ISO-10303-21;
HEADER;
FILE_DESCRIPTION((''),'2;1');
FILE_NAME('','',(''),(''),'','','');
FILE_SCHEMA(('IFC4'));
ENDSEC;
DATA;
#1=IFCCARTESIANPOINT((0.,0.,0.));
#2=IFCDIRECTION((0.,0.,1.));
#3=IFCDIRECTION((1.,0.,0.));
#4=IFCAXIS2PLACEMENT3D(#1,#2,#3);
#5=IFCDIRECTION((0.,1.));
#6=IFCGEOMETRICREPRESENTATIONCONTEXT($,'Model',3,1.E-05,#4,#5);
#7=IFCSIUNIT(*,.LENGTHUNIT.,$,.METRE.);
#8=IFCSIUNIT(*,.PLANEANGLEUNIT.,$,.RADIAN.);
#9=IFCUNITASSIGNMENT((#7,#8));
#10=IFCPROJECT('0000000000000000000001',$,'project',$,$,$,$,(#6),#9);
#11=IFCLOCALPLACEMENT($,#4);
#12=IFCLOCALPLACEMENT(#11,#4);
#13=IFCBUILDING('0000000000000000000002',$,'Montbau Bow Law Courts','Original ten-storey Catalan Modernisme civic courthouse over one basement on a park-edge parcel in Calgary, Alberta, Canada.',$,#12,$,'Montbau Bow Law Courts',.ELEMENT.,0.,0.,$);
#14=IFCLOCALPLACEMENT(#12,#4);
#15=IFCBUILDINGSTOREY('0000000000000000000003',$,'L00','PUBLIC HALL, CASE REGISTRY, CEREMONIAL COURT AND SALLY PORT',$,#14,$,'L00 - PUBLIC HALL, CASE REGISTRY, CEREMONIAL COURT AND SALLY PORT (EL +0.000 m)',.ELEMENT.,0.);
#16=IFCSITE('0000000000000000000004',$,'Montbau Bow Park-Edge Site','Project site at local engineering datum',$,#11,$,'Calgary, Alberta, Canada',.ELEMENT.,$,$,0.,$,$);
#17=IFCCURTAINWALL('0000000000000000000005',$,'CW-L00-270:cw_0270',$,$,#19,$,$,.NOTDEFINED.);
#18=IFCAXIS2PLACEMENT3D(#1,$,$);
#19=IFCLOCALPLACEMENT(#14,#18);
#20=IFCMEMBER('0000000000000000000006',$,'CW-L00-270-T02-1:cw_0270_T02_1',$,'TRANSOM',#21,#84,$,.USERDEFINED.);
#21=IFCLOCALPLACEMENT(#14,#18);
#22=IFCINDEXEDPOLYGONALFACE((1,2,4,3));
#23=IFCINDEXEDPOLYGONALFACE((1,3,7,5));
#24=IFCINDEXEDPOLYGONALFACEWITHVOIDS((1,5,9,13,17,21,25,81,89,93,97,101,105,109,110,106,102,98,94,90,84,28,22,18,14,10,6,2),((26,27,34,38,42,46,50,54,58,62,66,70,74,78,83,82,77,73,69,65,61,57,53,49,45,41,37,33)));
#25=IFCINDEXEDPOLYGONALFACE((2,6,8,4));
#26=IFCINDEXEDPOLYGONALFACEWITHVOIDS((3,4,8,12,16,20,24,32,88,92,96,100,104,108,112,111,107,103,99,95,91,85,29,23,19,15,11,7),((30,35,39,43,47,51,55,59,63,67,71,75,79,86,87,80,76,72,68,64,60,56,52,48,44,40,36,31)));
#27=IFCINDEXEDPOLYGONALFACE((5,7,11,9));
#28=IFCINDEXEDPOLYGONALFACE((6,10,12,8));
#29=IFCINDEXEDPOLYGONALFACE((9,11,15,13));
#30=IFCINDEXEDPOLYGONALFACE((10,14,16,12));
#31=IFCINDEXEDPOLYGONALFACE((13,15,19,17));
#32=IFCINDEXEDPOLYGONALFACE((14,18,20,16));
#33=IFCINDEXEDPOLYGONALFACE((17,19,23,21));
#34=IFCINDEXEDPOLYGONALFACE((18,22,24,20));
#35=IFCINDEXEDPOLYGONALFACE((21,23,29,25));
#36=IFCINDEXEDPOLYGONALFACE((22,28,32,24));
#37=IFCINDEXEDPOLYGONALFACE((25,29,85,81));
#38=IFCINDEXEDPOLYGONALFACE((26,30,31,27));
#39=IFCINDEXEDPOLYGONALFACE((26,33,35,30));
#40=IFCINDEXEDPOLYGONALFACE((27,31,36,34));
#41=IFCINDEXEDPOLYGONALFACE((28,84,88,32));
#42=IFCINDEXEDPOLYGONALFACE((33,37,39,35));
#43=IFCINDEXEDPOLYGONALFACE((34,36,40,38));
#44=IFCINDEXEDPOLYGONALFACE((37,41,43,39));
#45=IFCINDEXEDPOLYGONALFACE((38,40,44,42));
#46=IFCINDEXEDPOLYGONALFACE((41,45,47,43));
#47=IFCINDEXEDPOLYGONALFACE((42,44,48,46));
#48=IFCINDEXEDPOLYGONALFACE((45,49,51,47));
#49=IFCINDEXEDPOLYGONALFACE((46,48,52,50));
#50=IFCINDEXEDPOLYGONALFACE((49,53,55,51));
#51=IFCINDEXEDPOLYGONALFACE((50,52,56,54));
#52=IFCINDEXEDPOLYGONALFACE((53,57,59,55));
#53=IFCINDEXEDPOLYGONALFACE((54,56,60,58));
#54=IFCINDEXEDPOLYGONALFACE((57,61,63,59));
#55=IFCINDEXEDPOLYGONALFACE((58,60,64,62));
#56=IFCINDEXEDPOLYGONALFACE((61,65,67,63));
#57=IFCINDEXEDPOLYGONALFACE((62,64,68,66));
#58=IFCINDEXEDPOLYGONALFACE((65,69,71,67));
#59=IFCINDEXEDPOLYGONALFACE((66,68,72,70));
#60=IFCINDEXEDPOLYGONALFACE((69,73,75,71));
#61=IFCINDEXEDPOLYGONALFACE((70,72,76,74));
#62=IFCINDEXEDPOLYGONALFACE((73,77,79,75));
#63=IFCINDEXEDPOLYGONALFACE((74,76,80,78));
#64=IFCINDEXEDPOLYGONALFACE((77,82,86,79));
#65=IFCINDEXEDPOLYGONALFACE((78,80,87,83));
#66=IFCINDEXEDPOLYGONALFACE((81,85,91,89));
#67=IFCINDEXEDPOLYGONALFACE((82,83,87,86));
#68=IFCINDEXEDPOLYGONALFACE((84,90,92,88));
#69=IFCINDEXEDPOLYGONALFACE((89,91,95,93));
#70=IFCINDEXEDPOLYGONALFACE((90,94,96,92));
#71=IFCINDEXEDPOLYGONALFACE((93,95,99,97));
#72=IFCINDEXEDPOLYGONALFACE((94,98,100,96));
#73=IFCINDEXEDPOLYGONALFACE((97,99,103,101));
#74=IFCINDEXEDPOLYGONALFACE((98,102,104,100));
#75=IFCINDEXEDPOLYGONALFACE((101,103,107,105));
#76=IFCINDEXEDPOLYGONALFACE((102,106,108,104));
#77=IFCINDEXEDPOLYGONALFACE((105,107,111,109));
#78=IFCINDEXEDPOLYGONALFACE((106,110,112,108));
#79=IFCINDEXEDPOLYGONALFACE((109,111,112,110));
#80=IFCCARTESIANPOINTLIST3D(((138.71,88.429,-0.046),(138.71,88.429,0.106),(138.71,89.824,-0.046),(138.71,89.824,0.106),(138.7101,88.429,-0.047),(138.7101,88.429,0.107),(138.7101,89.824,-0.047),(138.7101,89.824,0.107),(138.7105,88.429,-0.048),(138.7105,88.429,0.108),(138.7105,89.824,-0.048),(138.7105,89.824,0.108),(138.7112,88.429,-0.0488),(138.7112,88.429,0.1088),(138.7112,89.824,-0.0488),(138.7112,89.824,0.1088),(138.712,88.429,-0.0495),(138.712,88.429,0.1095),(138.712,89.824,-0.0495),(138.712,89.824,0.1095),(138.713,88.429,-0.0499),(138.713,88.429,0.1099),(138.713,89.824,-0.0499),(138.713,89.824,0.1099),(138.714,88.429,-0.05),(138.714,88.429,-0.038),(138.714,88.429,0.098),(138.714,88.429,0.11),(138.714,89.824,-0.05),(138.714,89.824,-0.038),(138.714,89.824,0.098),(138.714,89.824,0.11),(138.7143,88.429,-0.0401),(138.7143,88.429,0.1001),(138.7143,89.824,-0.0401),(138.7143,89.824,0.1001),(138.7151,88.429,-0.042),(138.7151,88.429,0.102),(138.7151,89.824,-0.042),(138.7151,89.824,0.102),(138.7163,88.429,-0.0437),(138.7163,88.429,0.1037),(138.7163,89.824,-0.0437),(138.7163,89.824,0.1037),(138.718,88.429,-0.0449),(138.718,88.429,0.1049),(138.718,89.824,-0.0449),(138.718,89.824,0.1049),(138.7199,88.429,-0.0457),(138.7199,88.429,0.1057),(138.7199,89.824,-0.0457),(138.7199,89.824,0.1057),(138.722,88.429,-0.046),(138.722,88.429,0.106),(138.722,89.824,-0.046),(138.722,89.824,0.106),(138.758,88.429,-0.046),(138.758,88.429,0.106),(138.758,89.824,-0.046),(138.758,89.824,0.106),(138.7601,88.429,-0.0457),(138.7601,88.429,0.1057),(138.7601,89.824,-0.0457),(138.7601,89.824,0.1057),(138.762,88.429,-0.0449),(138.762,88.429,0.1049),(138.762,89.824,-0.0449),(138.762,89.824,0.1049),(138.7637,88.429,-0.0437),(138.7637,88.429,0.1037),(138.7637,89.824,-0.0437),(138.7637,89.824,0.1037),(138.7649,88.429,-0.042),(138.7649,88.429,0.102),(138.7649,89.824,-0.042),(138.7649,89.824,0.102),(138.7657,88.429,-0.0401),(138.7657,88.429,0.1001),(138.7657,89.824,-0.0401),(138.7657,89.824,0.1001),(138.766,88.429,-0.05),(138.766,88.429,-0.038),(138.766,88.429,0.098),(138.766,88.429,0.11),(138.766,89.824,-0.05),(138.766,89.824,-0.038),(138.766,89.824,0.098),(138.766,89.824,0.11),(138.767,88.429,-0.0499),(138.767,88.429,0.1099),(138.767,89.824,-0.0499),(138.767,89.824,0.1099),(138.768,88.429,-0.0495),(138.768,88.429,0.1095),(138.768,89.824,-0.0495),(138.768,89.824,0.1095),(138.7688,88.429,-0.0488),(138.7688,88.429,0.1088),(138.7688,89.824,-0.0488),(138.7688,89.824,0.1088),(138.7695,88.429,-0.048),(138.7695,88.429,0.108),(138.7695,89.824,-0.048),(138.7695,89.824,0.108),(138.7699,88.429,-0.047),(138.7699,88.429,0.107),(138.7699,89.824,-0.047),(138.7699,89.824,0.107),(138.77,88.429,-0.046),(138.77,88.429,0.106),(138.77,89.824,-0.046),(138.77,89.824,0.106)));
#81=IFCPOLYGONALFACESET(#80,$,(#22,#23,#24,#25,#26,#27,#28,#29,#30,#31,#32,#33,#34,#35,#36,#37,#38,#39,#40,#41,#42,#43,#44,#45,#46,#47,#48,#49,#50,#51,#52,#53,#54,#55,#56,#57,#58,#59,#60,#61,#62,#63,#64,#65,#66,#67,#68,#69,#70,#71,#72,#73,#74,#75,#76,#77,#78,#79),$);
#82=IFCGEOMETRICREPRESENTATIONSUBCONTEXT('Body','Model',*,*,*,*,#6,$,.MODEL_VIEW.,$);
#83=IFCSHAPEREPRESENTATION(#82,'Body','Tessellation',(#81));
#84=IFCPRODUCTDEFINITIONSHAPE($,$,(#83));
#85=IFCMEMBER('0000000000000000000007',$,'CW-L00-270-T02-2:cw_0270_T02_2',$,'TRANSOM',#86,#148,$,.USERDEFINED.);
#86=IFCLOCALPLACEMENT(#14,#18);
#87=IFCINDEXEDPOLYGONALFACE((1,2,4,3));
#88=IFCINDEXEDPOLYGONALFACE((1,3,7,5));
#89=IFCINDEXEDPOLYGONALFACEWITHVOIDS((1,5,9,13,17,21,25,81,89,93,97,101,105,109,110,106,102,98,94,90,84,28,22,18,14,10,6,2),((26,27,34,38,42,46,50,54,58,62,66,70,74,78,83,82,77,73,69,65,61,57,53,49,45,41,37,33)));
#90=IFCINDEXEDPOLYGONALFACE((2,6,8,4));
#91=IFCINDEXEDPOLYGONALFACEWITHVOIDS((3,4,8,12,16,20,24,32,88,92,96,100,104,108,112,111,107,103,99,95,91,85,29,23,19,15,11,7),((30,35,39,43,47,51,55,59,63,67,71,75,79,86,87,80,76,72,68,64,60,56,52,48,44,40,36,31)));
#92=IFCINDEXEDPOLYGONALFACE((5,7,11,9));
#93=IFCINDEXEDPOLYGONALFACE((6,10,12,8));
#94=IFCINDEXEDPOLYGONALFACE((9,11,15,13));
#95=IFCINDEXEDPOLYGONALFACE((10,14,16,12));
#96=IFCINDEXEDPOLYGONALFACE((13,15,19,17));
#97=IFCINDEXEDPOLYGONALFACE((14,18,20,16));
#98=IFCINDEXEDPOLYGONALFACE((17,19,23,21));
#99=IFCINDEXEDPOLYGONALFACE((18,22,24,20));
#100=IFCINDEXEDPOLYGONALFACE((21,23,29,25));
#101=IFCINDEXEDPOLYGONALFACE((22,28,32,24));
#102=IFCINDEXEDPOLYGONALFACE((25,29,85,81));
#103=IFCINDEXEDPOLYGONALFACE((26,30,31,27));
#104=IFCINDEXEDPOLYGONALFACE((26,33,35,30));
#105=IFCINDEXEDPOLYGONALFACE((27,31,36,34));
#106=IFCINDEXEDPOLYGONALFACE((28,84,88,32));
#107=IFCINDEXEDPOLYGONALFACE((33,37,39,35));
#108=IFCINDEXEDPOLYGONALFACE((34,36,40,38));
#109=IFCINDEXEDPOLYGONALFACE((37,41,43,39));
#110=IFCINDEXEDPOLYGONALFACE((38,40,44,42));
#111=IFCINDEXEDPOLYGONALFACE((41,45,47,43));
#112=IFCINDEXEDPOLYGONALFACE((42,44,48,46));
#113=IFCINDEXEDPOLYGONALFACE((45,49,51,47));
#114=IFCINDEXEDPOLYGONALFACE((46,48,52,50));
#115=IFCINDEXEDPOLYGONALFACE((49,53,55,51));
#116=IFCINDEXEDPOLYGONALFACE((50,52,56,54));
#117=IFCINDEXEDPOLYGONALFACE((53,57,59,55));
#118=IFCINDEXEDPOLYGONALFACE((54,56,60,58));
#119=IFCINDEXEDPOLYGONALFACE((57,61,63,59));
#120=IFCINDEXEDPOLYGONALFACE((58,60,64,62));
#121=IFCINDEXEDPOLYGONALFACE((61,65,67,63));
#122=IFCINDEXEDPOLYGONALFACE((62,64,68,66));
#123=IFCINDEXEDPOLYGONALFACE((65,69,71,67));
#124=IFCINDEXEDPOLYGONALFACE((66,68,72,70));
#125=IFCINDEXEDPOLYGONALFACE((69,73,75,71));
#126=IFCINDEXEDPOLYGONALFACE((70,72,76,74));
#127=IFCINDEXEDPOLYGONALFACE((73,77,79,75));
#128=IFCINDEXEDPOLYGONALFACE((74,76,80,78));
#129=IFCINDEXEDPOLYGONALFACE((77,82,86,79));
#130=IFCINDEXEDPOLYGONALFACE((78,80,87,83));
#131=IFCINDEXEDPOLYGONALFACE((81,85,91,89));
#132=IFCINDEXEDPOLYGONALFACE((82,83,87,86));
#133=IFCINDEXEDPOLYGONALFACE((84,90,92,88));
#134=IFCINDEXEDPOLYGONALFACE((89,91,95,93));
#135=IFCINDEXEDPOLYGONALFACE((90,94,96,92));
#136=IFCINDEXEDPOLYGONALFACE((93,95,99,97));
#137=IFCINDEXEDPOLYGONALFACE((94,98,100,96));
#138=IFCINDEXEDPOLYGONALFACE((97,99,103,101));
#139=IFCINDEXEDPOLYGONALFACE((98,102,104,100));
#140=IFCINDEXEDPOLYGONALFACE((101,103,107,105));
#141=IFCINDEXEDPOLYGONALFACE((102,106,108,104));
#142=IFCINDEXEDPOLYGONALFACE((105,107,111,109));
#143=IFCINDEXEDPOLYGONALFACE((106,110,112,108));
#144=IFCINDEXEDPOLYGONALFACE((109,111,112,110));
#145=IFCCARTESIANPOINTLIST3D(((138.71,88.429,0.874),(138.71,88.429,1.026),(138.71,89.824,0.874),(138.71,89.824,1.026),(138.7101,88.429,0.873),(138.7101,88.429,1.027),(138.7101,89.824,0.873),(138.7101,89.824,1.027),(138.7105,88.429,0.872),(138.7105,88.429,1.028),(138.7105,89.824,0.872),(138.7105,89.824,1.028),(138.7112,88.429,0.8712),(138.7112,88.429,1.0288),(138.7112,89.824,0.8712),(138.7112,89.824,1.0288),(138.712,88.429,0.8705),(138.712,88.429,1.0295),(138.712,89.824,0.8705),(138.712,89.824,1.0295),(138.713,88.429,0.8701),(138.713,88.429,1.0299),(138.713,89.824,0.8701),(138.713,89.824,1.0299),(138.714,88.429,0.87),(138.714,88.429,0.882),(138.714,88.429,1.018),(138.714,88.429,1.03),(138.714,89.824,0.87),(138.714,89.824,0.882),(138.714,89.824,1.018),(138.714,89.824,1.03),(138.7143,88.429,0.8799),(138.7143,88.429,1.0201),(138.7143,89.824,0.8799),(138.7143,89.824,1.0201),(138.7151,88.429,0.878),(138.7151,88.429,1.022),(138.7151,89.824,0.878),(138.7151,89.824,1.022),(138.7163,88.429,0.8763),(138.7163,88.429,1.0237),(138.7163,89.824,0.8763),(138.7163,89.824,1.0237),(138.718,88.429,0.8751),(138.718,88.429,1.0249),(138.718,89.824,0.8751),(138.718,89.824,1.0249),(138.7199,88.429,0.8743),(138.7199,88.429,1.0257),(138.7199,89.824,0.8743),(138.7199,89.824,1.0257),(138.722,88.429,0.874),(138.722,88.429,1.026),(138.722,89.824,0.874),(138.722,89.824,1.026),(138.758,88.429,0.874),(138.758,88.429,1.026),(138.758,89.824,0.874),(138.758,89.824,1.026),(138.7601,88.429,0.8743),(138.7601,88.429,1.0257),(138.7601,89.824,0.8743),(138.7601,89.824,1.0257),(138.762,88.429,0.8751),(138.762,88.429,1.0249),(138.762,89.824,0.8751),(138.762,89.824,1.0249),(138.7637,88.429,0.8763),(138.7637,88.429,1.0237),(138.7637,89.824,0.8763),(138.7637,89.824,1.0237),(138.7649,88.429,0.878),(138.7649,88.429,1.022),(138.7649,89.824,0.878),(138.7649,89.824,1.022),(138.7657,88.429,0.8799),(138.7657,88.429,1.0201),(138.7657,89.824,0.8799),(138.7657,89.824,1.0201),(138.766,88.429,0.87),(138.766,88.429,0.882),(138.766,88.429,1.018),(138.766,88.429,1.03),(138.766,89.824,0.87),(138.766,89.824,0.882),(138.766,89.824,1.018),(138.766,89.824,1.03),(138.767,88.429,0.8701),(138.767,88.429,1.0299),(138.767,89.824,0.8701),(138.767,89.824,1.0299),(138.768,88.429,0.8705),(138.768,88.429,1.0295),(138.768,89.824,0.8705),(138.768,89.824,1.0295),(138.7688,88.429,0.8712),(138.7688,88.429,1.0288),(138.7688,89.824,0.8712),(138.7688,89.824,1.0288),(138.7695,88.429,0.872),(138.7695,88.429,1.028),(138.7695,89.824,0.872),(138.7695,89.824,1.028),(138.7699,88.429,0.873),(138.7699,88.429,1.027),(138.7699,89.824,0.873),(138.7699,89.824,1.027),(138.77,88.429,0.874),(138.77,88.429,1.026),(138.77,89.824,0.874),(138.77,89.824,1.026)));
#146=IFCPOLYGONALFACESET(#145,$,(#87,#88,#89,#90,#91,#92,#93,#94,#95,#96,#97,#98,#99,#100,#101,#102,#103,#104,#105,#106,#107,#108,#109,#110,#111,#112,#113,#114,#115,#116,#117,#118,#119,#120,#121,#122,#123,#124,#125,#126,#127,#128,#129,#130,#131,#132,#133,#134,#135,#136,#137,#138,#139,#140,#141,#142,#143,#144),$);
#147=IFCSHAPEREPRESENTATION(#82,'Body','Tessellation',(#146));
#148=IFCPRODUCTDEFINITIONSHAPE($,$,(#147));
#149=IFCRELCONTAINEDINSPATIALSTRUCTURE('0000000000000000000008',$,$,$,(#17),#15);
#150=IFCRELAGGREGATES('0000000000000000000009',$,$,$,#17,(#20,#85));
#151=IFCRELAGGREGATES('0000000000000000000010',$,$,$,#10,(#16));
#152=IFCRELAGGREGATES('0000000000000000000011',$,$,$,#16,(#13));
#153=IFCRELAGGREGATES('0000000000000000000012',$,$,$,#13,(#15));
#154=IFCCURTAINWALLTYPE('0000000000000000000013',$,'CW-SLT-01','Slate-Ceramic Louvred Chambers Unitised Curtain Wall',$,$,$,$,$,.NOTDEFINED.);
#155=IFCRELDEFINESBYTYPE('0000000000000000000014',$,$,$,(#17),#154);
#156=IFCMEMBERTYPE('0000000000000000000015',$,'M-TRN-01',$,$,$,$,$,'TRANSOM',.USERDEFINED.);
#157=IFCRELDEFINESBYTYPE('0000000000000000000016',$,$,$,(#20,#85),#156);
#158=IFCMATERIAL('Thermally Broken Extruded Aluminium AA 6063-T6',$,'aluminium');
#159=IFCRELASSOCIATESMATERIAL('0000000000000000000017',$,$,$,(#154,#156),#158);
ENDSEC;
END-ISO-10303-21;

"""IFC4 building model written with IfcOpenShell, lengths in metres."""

from ifc_helpers import new_model, si_unit, direction, frame, origin_with_axes, origin_2d_with_axis, place, context, subcontext, project, spatial, hollow_rectangle, extrude, material, material_profile, profile_set, type_object, element, aggregate, save


model = new_model("IFC4")

# Units and contexts
model_context = context("Model", 3, precision=1e-05, world=origin_with_axes(), true_north=direction((0.0, 1.0)))
body_context = subcontext(model_context, "Body", "Model", "MODEL_VIEW")
ifc_project = project(units=[si_unit("LENGTHUNIT", "METRE"), si_unit("PLANEANGLEUNIT", "RADIAN")], contexts=[model_context])

# Site, building, storey
site_placement = place(None, origin_with_axes())
site = spatial("IfcSite", under=ifc_project, at=site_placement, Name="Montbau Bow Park-Edge Site", Description="Project site at local engineering datum", LongName="Calgary, Alberta, Canada", CompositionType="ELEMENT", RefElevation=0.0)
building_placement = place(site_placement, origin_with_axes())
building = spatial("IfcBuilding", under=site, at=building_placement, Name="Montbau Bow Law Courts", Description="Original ten-storey Catalan Modernisme civic courthouse over one basement on a park-edge parcel in Calgary, Alberta, Canada.", LongName="Montbau Bow Law Courts", CompositionType="ELEMENT", ElevationOfRefHeight=0.0, ElevationOfTerrain=0.0)
storey_placement = place(building_placement, origin_with_axes())
storey = spatial("IfcBuildingStorey", under=building, at=storey_placement, Name="L00", Description="PUBLIC HALL, CASE REGISTRY, CEREMONIAL COURT AND SALLY PORT", LongName="L00 - PUBLIC HALL, CASE REGISTRY, CEREMONIAL COURT AND SALLY PORT (EL +0.000 m)", CompositionType="ELEMENT", Elevation=0.0)

# Curtain wall, members
ifc_material_1 = material(Name="Thermally Broken Extruded Aluminium AA 6063-T6", Category="aluminium")
curtain_wall_type = type_object("IfcCurtainWallType", Name="CW-SLT-01", Description="Slate-Ceramic Louvred Chambers Unitised Curtain Wall", PredefinedType="NOTDEFINED", material=ifc_material_1)
curtain_wall_placement = place(None, frame((138.74, 86.915, 0.0), z_axis=(0.0, 0.0, 1.0), x_axis=(1.0, 0.0, 0.0)))
curtain_wall = element("IfcCurtainWall", 1, at=curtain_wall_placement, inside=storey, type_object=curtain_wall_type, Name="CW-L00-270:cw_0270", PredefinedType="NOTDEFINED")
ifc_material_profile_1 = material_profile(ifc_material_1, hollow_rectangle(XDim=0.06, YDim=0.16, WallThickness=0.004, InnerFilletRadius=0.008, OuterFilletRadius=0.004, at=origin_2d_with_axis()), Name="CWT-160X60", Category="Main", Priority=0)
ifc_profile_set_1 = profile_set([ifc_material_profile_1], Name="Thermally Broken Extruded Aluminium AA 6063-T6")
member_type_1 = type_object("IfcMemberType", Name="M-TRN-01", ElementType="TRANSOM", PredefinedType="USERDEFINED", material=ifc_profile_set_1)
member_1_placement = place(None, frame((138.74, 88.429, 0.03), z_axis=(0.0, 1.0, 0.0), x_axis=(-1.0, 0.0, 0.0)))
member_1 = element("IfcMember", 2, at=member_1_placement, type_object=member_type_1, Name="CW-L00-270-T02-1:cw_0270_T02_1", ObjectType="TRANSOM", PredefinedType="USERDEFINED", context=body_context, shape_type="SweptSolid", body=[
    extrude(hollow_rectangle(XDim=0.06, YDim=0.16, WallThickness=0.004, InnerFilletRadius=0.008, OuterFilletRadius=0.004, at=origin_2d_with_axis()), origin_with_axes(), (0.0, 0.0, 1.0), 1.395),
])
member_2_placement = place(None, frame((138.74, 88.429, 0.95), z_axis=(0.0, 1.0, 0.0), x_axis=(-1.0, 0.0, 0.0)))
member_2 = element("IfcMember", 3, at=member_2_placement, type_object=member_type_1, Name="CW-L00-270-T02-2:cw_0270_T02_2", ObjectType="TRANSOM", PredefinedType="USERDEFINED", context=body_context, shape_type="SweptSolid", body=[
    extrude(hollow_rectangle(XDim=0.06, YDim=0.16, WallThickness=0.004, InnerFilletRadius=0.008, OuterFilletRadius=0.004, at=origin_2d_with_axis()), origin_with_axes(), (0.0, 0.0, 1.0), 1.395),
])

aggregate(curtain_wall, [member_1, member_2])

save(model, "model.ifc")
